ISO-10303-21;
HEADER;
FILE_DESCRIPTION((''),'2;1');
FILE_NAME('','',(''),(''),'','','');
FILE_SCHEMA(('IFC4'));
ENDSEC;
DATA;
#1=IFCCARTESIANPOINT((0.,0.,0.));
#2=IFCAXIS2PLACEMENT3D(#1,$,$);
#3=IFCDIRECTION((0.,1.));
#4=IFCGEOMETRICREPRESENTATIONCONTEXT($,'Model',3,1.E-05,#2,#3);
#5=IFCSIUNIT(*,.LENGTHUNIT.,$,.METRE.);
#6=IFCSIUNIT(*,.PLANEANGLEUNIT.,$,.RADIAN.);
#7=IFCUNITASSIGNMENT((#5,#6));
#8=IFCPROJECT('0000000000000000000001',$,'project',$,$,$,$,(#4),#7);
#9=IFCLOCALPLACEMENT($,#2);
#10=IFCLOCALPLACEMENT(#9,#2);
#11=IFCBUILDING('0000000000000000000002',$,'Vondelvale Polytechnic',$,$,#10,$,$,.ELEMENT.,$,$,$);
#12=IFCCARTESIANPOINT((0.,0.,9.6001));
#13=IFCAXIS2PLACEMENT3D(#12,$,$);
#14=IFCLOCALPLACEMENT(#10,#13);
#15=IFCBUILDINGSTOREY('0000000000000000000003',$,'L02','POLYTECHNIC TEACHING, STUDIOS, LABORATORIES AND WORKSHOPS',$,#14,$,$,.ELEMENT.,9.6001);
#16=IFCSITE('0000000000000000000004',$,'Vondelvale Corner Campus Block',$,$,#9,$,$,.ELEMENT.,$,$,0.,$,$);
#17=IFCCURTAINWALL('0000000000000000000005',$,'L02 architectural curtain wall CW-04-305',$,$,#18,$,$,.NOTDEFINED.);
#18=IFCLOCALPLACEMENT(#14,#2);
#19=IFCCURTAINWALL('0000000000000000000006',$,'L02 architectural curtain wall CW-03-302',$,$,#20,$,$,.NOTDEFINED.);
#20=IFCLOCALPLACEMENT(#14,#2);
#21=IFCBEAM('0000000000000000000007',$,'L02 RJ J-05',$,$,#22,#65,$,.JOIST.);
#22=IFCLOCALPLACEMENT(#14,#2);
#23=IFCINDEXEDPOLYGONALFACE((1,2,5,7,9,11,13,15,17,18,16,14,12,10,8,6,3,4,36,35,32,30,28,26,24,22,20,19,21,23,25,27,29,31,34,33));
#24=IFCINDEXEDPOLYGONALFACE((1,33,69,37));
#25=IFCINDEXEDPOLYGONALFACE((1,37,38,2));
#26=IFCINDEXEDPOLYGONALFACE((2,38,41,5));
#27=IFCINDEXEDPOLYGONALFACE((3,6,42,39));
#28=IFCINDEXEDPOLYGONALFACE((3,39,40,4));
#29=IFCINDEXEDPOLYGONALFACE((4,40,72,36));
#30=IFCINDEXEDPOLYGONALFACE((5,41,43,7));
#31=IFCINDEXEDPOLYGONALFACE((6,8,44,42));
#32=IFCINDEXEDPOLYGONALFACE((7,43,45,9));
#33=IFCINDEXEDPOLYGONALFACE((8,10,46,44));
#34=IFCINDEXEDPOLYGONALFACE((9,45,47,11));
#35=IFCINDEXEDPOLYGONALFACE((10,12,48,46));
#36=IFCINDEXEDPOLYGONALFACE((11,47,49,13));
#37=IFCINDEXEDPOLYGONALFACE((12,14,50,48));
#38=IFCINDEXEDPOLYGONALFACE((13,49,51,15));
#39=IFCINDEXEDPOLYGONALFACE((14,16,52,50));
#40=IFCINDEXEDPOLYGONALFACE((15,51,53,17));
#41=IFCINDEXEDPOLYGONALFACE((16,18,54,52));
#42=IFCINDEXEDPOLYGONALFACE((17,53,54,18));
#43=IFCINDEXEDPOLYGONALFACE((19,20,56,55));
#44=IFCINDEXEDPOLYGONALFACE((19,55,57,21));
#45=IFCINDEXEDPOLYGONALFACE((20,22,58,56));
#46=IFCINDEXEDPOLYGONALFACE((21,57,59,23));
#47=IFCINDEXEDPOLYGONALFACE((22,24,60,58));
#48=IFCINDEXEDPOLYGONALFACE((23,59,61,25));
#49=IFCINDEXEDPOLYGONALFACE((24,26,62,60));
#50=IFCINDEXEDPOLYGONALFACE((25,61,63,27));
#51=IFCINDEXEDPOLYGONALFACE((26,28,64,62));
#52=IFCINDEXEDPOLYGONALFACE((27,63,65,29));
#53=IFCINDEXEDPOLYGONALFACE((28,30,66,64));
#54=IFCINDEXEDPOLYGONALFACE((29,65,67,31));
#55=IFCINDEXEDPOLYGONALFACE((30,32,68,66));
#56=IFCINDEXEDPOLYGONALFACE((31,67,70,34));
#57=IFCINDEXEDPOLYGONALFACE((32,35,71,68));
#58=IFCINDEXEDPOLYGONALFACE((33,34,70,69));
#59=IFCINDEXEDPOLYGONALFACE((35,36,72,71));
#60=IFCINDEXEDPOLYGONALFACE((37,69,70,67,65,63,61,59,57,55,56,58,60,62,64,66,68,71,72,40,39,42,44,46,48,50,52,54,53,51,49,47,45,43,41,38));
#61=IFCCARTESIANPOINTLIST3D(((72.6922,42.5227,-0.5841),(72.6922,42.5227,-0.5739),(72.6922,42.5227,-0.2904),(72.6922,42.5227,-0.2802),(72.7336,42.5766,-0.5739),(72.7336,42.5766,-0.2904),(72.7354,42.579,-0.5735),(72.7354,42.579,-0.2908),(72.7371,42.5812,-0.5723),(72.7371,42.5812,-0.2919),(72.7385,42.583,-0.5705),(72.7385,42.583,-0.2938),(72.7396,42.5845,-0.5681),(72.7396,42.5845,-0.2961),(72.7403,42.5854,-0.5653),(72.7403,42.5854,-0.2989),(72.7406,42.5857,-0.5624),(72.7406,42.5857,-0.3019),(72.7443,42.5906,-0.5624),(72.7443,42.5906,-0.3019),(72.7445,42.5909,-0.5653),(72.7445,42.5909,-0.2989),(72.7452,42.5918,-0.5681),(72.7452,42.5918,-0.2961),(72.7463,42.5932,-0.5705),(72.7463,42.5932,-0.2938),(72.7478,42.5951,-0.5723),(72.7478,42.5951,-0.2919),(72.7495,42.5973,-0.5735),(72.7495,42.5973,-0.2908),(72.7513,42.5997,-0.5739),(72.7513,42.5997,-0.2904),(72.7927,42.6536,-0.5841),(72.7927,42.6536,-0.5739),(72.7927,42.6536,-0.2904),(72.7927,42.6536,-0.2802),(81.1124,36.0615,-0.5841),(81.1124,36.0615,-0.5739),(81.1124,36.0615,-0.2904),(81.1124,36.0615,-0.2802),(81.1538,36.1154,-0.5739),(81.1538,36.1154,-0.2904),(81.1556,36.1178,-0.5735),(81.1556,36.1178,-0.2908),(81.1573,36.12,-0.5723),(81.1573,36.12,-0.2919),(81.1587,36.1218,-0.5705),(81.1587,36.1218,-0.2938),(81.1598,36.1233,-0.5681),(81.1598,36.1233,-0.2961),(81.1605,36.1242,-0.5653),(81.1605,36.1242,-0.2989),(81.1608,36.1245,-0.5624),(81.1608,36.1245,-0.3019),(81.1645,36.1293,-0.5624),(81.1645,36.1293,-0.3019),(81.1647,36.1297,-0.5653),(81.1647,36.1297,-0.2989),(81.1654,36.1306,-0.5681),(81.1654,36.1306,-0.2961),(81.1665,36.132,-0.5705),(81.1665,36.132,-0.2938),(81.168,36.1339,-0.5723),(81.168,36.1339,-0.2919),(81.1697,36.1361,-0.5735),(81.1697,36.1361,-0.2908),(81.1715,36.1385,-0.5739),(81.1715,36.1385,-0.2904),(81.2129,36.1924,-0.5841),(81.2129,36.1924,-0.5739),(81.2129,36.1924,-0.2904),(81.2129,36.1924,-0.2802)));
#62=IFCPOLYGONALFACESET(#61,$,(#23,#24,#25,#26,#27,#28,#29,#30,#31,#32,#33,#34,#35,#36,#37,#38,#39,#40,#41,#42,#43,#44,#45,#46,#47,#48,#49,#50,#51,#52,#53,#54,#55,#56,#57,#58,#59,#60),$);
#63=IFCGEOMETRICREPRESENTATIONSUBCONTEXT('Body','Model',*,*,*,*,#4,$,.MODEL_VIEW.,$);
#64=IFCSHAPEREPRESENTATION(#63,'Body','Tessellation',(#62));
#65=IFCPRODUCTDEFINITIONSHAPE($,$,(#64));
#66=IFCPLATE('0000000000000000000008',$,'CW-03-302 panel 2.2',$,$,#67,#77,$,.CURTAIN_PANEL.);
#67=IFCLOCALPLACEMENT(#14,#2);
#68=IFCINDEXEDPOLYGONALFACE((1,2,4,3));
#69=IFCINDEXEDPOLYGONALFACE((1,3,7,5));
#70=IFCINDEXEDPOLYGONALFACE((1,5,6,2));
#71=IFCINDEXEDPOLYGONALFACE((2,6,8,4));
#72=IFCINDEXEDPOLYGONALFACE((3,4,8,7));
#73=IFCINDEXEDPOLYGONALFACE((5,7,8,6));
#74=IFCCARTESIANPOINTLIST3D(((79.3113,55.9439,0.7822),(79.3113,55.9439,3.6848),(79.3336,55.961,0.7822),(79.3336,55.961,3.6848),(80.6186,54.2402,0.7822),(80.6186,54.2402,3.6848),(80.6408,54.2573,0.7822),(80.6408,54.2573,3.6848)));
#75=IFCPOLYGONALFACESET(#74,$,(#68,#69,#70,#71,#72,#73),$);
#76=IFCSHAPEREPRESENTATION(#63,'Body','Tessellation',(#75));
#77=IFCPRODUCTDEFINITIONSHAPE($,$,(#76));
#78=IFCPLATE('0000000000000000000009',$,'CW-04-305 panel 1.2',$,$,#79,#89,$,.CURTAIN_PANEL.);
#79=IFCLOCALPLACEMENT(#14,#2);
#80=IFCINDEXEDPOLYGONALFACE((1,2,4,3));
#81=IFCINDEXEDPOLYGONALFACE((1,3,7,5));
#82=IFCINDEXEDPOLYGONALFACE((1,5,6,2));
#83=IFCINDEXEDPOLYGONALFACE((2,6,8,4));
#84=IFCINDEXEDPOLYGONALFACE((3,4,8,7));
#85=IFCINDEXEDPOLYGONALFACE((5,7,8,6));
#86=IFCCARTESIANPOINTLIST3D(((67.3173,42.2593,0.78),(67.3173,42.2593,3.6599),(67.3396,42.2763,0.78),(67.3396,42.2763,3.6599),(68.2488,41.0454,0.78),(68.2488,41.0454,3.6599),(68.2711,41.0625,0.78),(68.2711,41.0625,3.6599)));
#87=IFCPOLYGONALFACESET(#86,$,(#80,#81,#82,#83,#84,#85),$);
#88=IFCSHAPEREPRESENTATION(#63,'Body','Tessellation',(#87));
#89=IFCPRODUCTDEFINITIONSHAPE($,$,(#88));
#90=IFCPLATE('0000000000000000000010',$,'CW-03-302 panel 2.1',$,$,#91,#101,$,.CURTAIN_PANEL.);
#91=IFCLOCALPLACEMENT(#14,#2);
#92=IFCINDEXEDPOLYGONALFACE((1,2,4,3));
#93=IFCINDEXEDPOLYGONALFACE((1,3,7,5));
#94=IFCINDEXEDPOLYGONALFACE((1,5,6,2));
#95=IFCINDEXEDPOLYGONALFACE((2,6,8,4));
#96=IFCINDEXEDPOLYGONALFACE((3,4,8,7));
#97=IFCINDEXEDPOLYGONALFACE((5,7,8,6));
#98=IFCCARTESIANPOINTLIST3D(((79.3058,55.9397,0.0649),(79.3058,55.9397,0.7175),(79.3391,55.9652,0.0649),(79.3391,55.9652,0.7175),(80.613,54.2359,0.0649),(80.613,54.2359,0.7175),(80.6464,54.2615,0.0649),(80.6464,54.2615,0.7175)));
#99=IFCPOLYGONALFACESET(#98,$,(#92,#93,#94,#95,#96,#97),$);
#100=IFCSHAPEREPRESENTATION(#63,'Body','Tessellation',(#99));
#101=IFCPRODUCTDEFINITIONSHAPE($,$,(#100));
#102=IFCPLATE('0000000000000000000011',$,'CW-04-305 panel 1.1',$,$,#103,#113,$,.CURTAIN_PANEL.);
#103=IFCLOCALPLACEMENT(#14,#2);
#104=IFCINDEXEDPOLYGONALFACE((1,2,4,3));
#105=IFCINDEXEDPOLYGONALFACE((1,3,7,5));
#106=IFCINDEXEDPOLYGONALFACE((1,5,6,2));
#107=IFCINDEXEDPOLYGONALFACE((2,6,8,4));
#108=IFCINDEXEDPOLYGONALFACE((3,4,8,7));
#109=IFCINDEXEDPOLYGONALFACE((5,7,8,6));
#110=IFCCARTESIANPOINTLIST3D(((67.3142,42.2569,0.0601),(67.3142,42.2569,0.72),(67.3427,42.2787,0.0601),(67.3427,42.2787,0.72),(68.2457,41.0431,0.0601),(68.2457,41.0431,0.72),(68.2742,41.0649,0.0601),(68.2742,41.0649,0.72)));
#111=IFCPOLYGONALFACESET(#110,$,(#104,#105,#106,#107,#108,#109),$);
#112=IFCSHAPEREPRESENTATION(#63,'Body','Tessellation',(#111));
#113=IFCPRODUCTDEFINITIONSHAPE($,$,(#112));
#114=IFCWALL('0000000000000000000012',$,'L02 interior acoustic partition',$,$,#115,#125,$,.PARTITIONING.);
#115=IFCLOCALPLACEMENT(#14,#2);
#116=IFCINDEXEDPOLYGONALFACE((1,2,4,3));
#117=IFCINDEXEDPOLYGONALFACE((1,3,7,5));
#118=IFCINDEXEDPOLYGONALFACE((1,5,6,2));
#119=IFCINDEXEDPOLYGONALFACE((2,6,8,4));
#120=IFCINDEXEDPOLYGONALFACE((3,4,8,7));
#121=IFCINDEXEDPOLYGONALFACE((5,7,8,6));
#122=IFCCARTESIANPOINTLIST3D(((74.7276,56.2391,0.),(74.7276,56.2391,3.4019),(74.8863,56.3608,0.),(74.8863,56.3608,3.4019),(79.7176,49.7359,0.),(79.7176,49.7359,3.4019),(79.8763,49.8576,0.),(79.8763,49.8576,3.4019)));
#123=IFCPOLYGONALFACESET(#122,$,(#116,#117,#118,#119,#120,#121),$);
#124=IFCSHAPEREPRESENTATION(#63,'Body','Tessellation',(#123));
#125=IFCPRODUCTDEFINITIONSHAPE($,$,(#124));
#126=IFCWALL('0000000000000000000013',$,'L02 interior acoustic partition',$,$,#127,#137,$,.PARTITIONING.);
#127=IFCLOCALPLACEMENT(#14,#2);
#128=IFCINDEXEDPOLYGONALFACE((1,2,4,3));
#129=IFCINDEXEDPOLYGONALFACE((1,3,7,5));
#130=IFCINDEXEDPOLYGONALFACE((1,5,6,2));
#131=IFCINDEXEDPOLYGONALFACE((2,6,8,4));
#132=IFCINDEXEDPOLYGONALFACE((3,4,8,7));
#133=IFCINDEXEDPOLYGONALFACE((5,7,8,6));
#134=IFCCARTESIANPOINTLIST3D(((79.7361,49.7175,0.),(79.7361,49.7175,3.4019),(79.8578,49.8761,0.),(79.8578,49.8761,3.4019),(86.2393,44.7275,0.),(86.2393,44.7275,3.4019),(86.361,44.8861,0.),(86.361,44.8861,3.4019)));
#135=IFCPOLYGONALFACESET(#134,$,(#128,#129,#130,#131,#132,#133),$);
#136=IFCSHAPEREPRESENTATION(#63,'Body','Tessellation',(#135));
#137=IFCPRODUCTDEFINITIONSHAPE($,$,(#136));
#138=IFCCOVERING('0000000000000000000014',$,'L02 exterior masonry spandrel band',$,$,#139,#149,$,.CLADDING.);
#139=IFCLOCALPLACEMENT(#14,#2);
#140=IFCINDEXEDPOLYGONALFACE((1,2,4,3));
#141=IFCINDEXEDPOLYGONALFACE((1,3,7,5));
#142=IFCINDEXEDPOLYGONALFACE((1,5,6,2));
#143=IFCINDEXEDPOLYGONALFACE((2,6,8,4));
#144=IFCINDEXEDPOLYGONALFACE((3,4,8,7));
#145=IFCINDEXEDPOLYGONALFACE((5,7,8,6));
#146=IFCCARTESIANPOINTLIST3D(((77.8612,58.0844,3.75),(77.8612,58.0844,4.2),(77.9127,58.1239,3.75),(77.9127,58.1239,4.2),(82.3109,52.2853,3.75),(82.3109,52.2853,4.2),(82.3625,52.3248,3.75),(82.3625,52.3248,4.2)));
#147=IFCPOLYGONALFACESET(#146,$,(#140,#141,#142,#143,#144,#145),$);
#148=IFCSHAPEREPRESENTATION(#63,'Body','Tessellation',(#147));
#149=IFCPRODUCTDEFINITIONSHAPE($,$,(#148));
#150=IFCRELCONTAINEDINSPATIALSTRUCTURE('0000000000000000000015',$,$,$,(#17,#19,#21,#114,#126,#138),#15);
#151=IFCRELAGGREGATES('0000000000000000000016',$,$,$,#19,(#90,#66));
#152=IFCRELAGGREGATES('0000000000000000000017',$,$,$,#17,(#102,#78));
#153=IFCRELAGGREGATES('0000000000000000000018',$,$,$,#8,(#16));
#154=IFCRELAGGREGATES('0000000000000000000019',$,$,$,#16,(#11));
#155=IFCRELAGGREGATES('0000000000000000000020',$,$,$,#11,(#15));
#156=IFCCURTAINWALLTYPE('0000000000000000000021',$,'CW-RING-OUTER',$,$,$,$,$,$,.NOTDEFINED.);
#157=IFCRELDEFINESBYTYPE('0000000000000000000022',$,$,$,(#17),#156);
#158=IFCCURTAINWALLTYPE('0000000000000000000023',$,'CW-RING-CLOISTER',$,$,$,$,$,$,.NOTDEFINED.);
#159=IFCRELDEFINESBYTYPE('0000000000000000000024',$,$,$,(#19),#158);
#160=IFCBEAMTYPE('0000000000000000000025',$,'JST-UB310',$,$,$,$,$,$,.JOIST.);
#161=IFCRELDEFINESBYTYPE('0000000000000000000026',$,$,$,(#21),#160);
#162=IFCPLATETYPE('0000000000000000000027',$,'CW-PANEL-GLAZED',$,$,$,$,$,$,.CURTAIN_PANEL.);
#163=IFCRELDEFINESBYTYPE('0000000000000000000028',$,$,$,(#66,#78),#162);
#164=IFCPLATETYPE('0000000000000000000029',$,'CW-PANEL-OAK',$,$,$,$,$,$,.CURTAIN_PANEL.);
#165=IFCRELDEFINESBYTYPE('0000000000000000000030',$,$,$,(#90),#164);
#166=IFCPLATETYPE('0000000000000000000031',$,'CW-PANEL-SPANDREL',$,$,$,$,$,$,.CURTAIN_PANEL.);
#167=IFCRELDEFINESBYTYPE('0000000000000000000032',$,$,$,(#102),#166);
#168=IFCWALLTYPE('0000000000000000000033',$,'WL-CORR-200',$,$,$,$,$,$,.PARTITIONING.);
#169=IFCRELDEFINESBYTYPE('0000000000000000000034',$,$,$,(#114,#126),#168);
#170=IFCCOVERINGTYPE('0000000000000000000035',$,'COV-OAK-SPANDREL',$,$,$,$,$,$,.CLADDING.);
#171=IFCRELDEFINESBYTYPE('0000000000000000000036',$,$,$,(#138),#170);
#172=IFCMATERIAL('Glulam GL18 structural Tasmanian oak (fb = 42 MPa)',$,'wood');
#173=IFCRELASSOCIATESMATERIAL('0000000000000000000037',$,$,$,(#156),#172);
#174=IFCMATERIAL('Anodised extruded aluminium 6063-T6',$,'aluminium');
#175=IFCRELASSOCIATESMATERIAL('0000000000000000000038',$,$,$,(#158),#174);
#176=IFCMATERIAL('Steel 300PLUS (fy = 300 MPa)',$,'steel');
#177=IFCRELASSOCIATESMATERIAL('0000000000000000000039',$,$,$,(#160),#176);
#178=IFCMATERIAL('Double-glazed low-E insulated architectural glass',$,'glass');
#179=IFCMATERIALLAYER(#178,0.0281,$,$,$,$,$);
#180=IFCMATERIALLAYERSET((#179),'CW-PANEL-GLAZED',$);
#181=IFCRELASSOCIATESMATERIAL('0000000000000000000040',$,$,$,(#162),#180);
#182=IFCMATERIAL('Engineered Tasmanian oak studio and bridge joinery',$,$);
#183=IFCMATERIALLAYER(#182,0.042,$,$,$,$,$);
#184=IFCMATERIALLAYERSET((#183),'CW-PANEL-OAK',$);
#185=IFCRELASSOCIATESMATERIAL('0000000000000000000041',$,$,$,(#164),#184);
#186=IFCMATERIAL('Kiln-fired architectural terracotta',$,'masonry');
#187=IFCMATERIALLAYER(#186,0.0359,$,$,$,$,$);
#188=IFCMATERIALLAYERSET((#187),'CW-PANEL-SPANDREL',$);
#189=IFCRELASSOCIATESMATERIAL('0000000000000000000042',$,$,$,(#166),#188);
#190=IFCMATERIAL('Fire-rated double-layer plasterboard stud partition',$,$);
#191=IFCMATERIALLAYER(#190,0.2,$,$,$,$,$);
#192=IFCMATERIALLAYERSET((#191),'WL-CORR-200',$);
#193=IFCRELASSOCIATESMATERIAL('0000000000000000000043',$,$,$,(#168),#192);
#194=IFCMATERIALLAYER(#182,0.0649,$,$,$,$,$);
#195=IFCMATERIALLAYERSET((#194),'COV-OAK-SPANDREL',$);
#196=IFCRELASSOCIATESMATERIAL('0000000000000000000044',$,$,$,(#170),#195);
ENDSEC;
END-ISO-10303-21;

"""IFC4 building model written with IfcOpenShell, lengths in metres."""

from ifc_helpers import new_model, si_unit, direction, frame, frame_2d, origin, origin_2d, place, context, subcontext, project, spatial, rectangle, i_section, extrude, material, layer, layer_set, material_profile, profile_set, type_object, element, aggregate, save


model = new_model("IFC4")

# Units and contexts
model_context = context("Model", 3, precision=1e-05, world=origin(), true_north=direction((0.0, 1.0)))
body_context = subcontext(model_context, "Body", "Model", "MODEL_VIEW")
ifc_project = project(units=[si_unit("LENGTHUNIT", "METRE"), si_unit("PLANEANGLEUNIT", "RADIAN")], contexts=[model_context])

# Site, building, storey
site_placement = place(None, origin())
site = spatial("IfcSite", under=ifc_project, at=site_placement, Name="Vondelvale Corner Campus Block", CompositionType="ELEMENT", RefElevation=0.0)
building_placement = place(site_placement, origin())
building = spatial("IfcBuilding", under=site, at=building_placement, Name="Vondelvale Polytechnic", CompositionType="ELEMENT")
storey_placement = place(building_placement, frame((0.0, 0.0, 9.6001)))
storey = spatial("IfcBuildingStorey", under=building, at=storey_placement, Name="L02", Description="POLYTECHNIC TEACHING, STUDIOS, LABORATORIES AND WORKSHOPS", CompositionType="ELEMENT", Elevation=9.6001)

# Shared definitions
ifc_material_1 = material(Name="Steel 300PLUS (fy = 300 MPa)", Category="steel")

# Curtain walls
ifc_material_2 = material(Name="Glulam GL18 structural Tasmanian oak (fb = 42 MPa)", Category="wood")
curtain_wall_type_1 = type_object("IfcCurtainWallType", Name="CW-RING-OUTER", PredefinedType="NOTDEFINED", material=ifc_material_2)
curtain_wall_1_placement = place(storey_placement, origin())
curtain_wall_1 = element("IfcCurtainWall", 1, at=curtain_wall_1_placement, inside=storey, type_object=curtain_wall_type_1, Name="L02 architectural curtain wall CW-04-305", PredefinedType="NOTDEFINED")
ifc_material_3 = material(Name="Anodised extruded aluminium 6063-T6", Category="aluminium")
curtain_wall_type_2 = type_object("IfcCurtainWallType", Name="CW-RING-CLOISTER", PredefinedType="NOTDEFINED", material=ifc_material_3)
curtain_wall_2_placement = place(storey_placement, origin())
curtain_wall_2 = element("IfcCurtainWall", 2, at=curtain_wall_2_placement, inside=storey, type_object=curtain_wall_type_2, Name="L02 architectural curtain wall CW-03-302", PredefinedType="NOTDEFINED")

# Beam
ifc_material_profile_1 = material_profile(ifc_material_1, i_section(OverallWidth=0.165, OverallDepth=0.304, WebThickness=0.0061, FlangeThickness=0.0103, FilletRadius=0.0115, at=origin_2d()), Name="310UB40.4")
ifc_profile_set_1 = profile_set([ifc_material_profile_1], Name="Steel 300PLUS (fy = 300 MPa)")
beam_type_1 = type_object("IfcBeamType", Name="JST-UB310", PredefinedType="JOIST", material=ifc_profile_set_1)
beam_1_placement = place(storey_placement, frame((72.7424, 42.5881, -0.4321), z_axis=(0.793346, -0.608771, 0.0), x_axis=(0.608771, 0.793346, 0.0)))
element("IfcBeam", 3, at=beam_1_placement, inside=storey, type_object=beam_type_1, Name="L02 RJ J-05", PredefinedType="JOIST", context=body_context, shape_type="SweptSolid", body=[
    extrude(i_section(OverallWidth=0.165, OverallDepth=0.304, WebThickness=0.0061, FlangeThickness=0.0103, FilletRadius=0.0115, at=origin_2d()), origin(), (0.0, 0.0, 1.0), 10.6135),
])

# Plates
ifc_material_4 = material(Name="Double-glazed low-E insulated architectural glass", Category="glass")
ifc_layer_1 = layer(ifc_material_4, 0.0281)
ifc_layer_set_1 = layer_set([ifc_layer_1], Name="CW-PANEL-GLAZED")
plate_type_1 = type_object("IfcPlateType", Name="CW-PANEL-GLAZED", PredefinedType="CURTAIN_PANEL", material=ifc_layer_set_1)
plate_1_placement = place(storey_placement, frame((79.9761, 55.1006, 0.7822), z_axis=(0.0, 0.0, 1.0), x_axis=(0.608748, -0.793364, 0.0)))
plate_1 = element("IfcPlate", 4, at=plate_1_placement, type_object=plate_type_1, Name="CW-03-302 panel 2.2", PredefinedType="CURTAIN_PANEL", context=body_context, shape_type="SweptSolid", body=[
    extrude(rectangle(XDim=2.1475, YDim=0.0281, at=origin_2d()), origin(), (0.0, 0.0, 1.0), 2.9026),
])
plate_2_placement = place(storey_placement, frame((67.7942, 41.6609, 0.78), z_axis=(0.0, 0.0, 1.0), x_axis=(0.608787, -0.793334, 0.0)))
plate_2 = element("IfcPlate", 5, at=plate_2_placement, type_object=plate_type_1, Name="CW-04-305 panel 1.2", PredefinedType="CURTAIN_PANEL", context=body_context, shape_type="SweptSolid", body=[
    extrude(rectangle(XDim=1.53, YDim=0.0281, at=origin_2d()), origin(), (0.0, 0.0, 1.0), 2.8799),
])
ifc_material_5 = material(Name="Engineered Tasmanian oak studio and bridge joinery")
ifc_layer_2 = layer(ifc_material_5, 0.042)
ifc_layer_set_2 = layer_set([ifc_layer_2], Name="CW-PANEL-OAK")
plate_type_2 = type_object("IfcPlateType", Name="CW-PANEL-OAK", PredefinedType="CURTAIN_PANEL", material=ifc_layer_set_2)
plate_3_placement = place(storey_placement, frame((79.9761, 55.1006, 0.0649), z_axis=(0.0, 0.0, 1.0), x_axis=(0.608748, -0.793364, 0.0)))
plate_3 = element("IfcPlate", 6, at=plate_3_placement, type_object=plate_type_2, Name="CW-03-302 panel 2.1", PredefinedType="CURTAIN_PANEL", context=body_context, shape_type="SweptSolid", body=[
    extrude(rectangle(XDim=2.1475, YDim=0.042, at=origin_2d()), origin(), (0.0, 0.0, 1.0), 0.6526),
])
aggregate(curtain_wall_2, [plate_3, plate_1])
ifc_material_6 = material(Name="Kiln-fired architectural terracotta", Category="masonry")
ifc_layer_3 = layer(ifc_material_6, 0.0359)
ifc_layer_set_3 = layer_set([ifc_layer_3], Name="CW-PANEL-SPANDREL")
plate_type_3 = type_object("IfcPlateType", Name="CW-PANEL-SPANDREL", PredefinedType="CURTAIN_PANEL", material=ifc_layer_set_3)
plate_4_placement = place(storey_placement, frame((67.7942, 41.6609, 0.0601), z_axis=(0.0, 0.0, 1.0), x_axis=(0.608787, -0.793334, 0.0)))
plate_4 = element("IfcPlate", 7, at=plate_4_placement, type_object=plate_type_3, Name="CW-04-305 panel 1.1", PredefinedType="CURTAIN_PANEL", context=body_context, shape_type="SweptSolid", body=[
    extrude(rectangle(XDim=1.53, YDim=0.0359, at=origin_2d()), origin(), (0.0, 0.0, 1.0), 0.6599),
])
aggregate(curtain_wall_1, [plate_4, plate_2])

# Walls
ifc_material_7 = material(Name="Fire-rated double-layer plasterboard stud partition")
ifc_layer_4 = layer(ifc_material_7, 0.2)
ifc_layer_set_4 = layer_set([ifc_layer_4], Name="WL-CORR-200")
wall_type = type_object("IfcWallType", Name="WL-CORR-200", PredefinedType="PARTITIONING", material=ifc_layer_set_4)
for number, where, z_axis, x_axis, name in (
    (8, (74.8069, 56.3, 0.0), (0.0, 0.0, 1.0), (0.608756, -0.793357, 0.0), "L02 interior acoustic partition"),
    (9, (79.7969, 49.7969, 0.0), (0.0, 0.0, 1.0), (0.793357, -0.608756, 0.0), "L02 interior acoustic partition"),
):
    element("IfcWall", number, at=place(storey_placement, frame(where, z_axis=z_axis, x_axis=x_axis)), inside=storey, type_object=wall_type, Name=name, PredefinedType="PARTITIONING", context=body_context, shape_type="SweptSolid", body=[
        extrude(rectangle(XDim=8.197, YDim=0.2, at=frame_2d((4.0986, 0.0))), origin(), (0.0, 0.0, 1.0), 3.4019),
    ])

# Covering
ifc_layer_5 = layer(ifc_material_5, 0.0649)
ifc_layer_set_5 = layer_set([ifc_layer_5], Name="COV-OAK-SPANDREL")
covering_type = type_object("IfcCoveringType", Name="COV-OAK-SPANDREL", PredefinedType="CLADDING", material=ifc_layer_set_5)
covering_placement = place(storey_placement, frame((80.1118, 55.2046, 3.75), z_axis=(0.0, 0.0, 1.0), x_axis=(0.608761, -0.793353, 0.0)))
element("IfcCovering", 10, at=covering_placement, inside=storey, type_object=covering_type, Name="L02 exterior masonry spandrel band", PredefinedType="CLADDING", context=body_context, shape_type="SweptSolid", body=[
    extrude(rectangle(XDim=7.3096, YDim=0.0649, at=origin_2d()), origin(), (0.0, 0.0, 1.0), 0.45),
])

save(model, "model.ifc")
